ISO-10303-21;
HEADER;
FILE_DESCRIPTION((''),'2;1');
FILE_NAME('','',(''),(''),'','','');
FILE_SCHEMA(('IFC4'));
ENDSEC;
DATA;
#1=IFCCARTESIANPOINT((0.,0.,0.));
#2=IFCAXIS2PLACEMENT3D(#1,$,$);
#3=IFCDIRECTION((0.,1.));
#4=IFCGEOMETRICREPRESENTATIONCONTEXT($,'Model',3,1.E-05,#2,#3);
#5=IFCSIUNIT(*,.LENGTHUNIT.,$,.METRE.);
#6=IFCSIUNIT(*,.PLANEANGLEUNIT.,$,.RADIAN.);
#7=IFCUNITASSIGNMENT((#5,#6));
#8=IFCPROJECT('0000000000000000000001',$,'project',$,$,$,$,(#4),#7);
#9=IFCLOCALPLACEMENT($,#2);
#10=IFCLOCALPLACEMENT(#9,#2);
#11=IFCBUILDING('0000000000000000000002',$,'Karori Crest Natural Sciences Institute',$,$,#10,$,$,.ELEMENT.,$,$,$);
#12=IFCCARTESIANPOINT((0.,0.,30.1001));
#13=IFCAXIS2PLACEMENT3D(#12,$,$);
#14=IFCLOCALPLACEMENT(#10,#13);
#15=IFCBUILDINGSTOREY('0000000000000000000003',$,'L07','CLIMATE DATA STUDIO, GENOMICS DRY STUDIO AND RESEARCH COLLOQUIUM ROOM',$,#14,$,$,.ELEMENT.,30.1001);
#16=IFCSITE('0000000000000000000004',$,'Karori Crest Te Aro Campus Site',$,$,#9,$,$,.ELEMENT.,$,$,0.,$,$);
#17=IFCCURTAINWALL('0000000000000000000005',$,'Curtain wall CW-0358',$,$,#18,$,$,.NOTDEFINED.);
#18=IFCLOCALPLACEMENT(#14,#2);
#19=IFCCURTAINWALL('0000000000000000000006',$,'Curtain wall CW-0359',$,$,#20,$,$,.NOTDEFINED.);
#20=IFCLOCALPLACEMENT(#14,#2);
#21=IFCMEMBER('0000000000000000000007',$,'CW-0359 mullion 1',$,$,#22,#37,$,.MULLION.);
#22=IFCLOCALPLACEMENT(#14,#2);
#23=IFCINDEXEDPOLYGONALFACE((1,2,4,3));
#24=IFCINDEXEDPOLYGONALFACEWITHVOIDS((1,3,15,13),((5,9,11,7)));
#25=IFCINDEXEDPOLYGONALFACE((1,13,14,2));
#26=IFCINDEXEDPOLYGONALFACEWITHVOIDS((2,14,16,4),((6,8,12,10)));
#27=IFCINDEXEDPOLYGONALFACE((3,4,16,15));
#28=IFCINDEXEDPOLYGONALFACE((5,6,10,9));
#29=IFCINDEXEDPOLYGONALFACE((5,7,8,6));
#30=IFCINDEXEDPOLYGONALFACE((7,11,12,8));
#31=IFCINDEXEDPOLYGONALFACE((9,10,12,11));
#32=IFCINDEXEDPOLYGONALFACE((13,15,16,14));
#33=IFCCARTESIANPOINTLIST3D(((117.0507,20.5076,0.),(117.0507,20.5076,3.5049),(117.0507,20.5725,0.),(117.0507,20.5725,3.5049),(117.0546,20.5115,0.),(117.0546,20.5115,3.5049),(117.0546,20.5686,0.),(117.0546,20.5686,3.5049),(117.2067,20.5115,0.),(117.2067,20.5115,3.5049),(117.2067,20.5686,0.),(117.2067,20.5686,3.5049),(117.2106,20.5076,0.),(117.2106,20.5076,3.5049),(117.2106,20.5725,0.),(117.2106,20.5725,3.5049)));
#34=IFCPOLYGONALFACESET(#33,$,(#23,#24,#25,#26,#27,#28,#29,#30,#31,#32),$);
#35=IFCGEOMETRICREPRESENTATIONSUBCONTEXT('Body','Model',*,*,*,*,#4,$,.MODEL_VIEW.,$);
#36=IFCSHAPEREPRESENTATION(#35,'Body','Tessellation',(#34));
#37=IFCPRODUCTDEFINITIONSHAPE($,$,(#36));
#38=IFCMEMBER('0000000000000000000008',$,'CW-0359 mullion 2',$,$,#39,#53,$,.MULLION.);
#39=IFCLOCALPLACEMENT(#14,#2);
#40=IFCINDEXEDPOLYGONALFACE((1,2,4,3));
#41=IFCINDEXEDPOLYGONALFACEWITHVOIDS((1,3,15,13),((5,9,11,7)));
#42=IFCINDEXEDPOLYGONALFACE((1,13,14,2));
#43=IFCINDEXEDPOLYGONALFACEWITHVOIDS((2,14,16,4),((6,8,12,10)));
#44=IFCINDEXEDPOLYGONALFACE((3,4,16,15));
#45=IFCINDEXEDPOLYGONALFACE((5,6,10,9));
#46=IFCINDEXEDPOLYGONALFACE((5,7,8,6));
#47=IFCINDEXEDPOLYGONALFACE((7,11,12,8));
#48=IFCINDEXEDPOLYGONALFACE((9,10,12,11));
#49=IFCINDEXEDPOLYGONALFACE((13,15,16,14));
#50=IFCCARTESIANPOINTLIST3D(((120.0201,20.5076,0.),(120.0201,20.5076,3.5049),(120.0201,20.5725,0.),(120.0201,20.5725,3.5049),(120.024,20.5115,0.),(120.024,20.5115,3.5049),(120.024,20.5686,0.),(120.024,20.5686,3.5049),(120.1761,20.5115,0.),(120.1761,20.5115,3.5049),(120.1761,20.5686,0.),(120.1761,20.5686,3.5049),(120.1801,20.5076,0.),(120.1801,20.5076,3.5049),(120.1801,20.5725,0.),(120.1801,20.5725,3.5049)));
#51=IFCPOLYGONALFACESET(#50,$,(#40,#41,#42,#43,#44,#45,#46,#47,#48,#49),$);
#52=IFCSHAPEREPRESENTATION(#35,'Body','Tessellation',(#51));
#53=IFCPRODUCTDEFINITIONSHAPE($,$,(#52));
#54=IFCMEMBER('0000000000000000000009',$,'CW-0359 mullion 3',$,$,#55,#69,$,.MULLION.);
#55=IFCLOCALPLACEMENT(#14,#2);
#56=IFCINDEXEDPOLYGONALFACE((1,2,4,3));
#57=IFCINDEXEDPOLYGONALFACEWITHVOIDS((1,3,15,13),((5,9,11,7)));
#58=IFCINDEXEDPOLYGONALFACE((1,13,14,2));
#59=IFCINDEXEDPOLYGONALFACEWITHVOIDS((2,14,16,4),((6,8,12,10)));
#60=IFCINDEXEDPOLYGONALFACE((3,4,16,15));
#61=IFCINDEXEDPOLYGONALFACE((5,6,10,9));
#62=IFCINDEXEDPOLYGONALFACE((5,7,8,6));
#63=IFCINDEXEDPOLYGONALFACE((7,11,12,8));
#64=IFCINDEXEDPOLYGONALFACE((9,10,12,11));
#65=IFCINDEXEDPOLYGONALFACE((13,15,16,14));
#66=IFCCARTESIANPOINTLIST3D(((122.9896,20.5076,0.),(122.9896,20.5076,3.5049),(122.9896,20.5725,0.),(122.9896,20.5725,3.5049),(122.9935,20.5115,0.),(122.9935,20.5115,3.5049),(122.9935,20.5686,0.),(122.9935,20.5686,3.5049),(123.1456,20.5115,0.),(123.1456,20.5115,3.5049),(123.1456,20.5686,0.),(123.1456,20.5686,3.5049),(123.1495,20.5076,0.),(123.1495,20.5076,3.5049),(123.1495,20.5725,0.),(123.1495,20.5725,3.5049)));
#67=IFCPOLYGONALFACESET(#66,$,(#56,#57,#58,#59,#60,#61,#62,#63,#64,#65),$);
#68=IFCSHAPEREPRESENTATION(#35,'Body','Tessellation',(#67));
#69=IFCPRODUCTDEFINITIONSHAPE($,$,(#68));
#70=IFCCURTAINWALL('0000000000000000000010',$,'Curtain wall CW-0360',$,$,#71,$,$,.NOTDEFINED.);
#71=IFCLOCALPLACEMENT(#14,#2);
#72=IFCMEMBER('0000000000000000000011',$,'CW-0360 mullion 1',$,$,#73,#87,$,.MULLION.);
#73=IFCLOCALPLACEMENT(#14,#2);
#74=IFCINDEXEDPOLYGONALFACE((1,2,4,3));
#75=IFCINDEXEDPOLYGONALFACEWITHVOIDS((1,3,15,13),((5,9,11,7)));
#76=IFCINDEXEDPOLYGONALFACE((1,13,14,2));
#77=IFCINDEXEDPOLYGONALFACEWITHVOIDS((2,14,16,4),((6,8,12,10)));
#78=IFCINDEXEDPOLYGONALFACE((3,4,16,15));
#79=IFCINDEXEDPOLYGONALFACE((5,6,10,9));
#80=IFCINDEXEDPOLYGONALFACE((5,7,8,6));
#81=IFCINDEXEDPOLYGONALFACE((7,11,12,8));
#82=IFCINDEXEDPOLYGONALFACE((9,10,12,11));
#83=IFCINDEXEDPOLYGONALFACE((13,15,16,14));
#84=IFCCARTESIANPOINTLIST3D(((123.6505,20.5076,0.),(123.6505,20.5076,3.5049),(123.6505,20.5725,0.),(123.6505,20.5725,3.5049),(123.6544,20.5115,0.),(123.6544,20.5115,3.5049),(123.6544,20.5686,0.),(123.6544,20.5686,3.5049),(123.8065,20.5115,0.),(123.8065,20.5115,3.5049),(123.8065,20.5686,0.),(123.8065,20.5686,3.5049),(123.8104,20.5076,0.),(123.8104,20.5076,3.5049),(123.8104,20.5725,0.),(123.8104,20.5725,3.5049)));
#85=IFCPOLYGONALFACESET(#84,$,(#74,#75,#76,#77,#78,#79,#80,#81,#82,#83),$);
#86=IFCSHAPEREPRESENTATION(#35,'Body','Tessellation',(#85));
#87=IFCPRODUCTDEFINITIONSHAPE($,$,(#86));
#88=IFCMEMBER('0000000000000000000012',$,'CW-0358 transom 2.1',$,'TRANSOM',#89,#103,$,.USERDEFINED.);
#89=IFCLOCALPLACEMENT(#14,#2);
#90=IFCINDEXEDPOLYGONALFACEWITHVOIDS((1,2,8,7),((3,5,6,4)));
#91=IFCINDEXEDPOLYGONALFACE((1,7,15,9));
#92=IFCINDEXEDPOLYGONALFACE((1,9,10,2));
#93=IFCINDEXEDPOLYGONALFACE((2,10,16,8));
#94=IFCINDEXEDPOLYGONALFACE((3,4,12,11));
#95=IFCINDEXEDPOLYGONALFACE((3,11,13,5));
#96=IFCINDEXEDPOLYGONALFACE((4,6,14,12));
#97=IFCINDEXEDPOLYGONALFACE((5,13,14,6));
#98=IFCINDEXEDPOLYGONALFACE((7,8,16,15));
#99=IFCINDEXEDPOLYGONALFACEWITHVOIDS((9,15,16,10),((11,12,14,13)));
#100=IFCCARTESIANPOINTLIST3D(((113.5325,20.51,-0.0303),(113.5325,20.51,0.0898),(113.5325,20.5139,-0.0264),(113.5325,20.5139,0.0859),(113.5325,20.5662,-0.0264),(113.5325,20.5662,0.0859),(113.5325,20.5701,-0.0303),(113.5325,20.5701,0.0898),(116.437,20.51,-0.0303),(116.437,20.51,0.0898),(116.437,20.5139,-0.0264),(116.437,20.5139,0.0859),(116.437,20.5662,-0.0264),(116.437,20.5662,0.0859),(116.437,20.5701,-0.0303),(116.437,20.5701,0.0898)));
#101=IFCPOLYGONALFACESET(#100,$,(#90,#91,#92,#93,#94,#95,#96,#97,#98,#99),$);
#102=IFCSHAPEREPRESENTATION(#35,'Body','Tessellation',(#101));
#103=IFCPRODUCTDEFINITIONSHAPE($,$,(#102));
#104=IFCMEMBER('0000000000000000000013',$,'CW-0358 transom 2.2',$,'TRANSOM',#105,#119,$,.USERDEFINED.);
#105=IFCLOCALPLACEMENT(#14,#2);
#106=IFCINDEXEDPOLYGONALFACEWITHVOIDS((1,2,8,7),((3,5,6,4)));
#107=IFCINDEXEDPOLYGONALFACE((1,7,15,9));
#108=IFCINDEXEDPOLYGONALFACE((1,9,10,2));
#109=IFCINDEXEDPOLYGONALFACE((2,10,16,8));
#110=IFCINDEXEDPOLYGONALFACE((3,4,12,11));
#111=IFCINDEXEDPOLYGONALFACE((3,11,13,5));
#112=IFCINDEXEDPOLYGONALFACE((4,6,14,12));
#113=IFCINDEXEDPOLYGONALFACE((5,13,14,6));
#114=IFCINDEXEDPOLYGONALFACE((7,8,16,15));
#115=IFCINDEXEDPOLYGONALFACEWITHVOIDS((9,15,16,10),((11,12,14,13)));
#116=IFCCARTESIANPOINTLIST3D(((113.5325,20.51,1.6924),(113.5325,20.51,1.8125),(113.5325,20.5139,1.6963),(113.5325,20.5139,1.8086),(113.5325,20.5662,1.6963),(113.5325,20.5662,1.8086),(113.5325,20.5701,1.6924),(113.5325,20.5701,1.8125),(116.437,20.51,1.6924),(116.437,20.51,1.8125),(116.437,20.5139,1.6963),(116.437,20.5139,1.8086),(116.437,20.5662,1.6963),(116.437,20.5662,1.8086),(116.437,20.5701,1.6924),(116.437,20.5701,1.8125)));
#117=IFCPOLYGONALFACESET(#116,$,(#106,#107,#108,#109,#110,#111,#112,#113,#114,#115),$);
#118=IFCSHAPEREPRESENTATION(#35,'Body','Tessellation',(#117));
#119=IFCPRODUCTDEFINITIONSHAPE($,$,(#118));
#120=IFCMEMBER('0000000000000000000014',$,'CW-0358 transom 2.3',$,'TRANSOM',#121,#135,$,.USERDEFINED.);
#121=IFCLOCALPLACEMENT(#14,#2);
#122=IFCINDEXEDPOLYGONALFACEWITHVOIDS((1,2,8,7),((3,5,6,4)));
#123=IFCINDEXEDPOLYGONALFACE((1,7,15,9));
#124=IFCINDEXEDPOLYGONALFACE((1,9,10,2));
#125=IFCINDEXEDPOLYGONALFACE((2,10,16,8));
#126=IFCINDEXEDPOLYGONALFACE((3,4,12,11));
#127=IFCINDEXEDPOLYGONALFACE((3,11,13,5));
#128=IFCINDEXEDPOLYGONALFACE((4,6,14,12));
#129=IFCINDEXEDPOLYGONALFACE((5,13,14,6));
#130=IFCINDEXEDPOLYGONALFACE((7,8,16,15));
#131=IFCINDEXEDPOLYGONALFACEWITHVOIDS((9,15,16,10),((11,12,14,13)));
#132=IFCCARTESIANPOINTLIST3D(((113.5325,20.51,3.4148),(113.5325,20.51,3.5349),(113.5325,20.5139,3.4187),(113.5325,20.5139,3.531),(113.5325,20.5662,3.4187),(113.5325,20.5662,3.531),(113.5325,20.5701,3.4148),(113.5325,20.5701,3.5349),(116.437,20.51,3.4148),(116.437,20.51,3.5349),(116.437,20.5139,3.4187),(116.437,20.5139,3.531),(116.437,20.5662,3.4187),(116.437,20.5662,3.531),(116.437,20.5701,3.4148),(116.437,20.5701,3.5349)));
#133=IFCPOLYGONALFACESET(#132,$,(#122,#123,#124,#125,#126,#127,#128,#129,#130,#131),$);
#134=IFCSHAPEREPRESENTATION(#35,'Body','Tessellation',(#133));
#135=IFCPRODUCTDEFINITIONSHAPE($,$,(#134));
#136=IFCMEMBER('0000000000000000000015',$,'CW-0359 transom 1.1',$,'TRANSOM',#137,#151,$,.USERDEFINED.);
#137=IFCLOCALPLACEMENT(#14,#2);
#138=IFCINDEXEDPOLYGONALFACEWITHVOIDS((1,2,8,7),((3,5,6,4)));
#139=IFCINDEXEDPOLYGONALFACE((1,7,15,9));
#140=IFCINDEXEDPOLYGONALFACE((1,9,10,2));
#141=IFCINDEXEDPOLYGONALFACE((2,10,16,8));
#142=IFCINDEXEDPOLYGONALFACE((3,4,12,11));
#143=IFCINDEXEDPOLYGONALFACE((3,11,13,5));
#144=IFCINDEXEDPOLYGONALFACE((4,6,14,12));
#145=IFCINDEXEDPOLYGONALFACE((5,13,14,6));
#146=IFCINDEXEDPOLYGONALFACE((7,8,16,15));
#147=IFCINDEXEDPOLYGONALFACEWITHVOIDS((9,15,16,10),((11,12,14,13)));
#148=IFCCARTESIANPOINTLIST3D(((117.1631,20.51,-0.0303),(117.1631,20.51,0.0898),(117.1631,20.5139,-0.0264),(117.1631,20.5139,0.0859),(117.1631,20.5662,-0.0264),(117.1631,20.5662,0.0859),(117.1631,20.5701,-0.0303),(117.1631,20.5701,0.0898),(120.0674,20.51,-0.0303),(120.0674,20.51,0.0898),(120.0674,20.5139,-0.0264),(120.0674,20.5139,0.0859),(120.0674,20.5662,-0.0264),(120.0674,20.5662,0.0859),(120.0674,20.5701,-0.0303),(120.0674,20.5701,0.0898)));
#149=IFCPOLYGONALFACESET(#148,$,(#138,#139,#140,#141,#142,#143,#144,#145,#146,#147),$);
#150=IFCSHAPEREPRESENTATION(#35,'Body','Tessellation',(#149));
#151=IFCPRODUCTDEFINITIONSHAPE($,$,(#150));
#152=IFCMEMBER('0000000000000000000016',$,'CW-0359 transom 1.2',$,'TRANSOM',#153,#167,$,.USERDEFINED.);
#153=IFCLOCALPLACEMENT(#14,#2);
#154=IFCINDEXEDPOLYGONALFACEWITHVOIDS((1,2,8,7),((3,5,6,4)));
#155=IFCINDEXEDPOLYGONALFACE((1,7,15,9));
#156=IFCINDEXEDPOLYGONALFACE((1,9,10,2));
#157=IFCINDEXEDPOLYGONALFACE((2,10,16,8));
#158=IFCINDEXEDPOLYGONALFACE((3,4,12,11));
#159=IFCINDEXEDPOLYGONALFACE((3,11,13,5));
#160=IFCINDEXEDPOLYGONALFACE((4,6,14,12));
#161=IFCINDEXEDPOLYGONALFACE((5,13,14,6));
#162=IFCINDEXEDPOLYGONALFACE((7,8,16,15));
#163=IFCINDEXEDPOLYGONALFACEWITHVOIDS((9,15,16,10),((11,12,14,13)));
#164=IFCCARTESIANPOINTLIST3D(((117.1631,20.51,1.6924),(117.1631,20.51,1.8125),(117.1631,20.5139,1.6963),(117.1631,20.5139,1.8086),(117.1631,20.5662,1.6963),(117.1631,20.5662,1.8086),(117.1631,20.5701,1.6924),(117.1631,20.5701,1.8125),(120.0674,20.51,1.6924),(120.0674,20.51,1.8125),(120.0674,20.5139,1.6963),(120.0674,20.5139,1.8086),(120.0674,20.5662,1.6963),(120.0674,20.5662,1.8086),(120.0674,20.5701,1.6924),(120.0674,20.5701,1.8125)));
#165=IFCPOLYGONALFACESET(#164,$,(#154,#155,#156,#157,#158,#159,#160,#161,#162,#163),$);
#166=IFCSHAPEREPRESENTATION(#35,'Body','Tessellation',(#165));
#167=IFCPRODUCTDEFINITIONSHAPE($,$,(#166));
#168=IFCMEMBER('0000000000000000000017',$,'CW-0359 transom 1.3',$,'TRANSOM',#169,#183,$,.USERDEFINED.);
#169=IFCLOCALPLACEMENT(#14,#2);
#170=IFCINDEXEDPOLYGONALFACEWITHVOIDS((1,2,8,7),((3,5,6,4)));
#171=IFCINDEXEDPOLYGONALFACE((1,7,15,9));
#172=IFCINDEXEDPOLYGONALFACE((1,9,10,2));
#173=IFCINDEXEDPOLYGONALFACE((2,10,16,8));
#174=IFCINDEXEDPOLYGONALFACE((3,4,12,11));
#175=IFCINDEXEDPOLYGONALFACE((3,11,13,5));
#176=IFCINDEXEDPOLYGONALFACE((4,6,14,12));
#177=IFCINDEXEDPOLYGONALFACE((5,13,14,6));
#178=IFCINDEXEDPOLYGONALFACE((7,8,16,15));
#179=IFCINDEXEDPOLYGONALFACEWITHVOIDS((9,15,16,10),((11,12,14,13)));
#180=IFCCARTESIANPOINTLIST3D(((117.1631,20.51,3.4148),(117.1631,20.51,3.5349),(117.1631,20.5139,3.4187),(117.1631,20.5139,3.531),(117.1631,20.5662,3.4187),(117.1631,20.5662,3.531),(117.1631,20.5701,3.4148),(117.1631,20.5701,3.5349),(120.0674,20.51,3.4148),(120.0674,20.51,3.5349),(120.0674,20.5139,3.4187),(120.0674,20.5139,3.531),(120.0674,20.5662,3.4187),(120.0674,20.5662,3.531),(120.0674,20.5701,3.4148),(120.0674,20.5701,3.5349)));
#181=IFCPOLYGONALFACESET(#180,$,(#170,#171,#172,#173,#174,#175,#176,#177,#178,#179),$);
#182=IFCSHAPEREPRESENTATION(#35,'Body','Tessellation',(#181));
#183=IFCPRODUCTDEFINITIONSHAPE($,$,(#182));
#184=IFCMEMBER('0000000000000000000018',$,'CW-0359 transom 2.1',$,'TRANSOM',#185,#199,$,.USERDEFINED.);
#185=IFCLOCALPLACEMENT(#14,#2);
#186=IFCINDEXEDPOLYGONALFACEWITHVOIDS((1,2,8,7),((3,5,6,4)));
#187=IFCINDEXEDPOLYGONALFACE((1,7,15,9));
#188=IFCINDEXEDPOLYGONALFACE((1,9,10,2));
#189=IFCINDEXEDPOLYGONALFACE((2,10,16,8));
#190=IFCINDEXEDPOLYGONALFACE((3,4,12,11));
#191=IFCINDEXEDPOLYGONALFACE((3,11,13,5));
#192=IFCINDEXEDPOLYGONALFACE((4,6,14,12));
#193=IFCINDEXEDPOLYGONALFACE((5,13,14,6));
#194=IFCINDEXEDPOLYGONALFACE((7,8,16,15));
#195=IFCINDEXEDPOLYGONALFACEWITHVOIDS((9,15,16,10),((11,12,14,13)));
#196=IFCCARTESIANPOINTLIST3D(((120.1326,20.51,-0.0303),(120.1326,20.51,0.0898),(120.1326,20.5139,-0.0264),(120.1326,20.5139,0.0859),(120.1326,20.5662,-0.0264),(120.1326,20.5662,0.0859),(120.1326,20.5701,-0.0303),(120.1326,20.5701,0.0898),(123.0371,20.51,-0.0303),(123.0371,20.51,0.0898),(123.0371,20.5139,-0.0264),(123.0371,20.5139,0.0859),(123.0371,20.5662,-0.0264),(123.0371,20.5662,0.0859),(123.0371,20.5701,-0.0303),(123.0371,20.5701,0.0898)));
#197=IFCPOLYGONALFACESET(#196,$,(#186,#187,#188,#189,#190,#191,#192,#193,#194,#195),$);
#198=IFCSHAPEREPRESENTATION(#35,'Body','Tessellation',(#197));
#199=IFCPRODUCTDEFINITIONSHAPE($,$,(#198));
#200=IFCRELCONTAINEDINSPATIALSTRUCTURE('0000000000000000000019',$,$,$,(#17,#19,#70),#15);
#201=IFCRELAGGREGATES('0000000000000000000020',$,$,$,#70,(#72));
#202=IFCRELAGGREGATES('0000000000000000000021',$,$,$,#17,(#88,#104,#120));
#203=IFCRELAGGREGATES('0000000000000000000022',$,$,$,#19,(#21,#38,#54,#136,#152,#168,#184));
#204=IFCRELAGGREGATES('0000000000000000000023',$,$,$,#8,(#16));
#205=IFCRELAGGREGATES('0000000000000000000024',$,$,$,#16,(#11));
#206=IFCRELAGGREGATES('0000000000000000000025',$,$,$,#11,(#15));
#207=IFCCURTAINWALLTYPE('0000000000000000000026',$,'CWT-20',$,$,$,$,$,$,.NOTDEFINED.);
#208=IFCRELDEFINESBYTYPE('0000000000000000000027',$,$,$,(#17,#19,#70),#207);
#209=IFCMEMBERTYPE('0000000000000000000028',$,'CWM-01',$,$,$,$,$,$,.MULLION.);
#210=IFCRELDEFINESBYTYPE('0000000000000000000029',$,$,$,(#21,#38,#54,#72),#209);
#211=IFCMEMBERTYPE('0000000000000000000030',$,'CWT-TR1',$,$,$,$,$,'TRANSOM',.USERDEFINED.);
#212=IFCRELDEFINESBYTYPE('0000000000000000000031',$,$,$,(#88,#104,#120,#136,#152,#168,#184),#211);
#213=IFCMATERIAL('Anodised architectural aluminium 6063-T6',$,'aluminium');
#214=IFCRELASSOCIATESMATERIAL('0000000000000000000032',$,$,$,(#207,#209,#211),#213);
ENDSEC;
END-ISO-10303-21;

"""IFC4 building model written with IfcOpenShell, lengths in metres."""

from ifc_helpers import new_model, si_unit, direction, frame, origin, origin_2d, place, context, subcontext, project, spatial, hollow_rectangle, extrude, material, material_profile, profile_set, type_object, element, aggregate, save


model = new_model("IFC4")

# Units and contexts
model_context = context("Model", 3, precision=1e-05, world=origin(), true_north=direction((0.0, 1.0)))
body_context = subcontext(model_context, "Body", "Model", "MODEL_VIEW")
ifc_project = project(units=[si_unit("LENGTHUNIT", "METRE"), si_unit("PLANEANGLEUNIT", "RADIAN")], contexts=[model_context])

# Site, building, storey
site_placement = place(None, origin())
site = spatial("IfcSite", under=ifc_project, at=site_placement, Name="Karori Crest Te Aro Campus Site", CompositionType="ELEMENT", RefElevation=0.0)
building_placement = place(site_placement, origin())
building = spatial("IfcBuilding", under=site, at=building_placement, Name="Karori Crest Natural Sciences Institute", CompositionType="ELEMENT")
storey_placement = place(building_placement, frame((0.0, 0.0, 30.1001)))
storey = spatial("IfcBuildingStorey", under=building, at=storey_placement, Name="L07", Description="CLIMATE DATA STUDIO, GENOMICS DRY STUDIO AND RESEARCH COLLOQUIUM ROOM", CompositionType="ELEMENT", Elevation=30.1001)

# Curtain walls, members
ifc_material_1 = material(Name="Anodised architectural aluminium 6063-T6", Category="aluminium")
curtain_wall_type = type_object("IfcCurtainWallType", Name="CWT-20", PredefinedType="NOTDEFINED", material=ifc_material_1)
curtain_wall_1_placement = place(storey_placement, origin())
curtain_wall_1 = element("IfcCurtainWall", 1, at=curtain_wall_1_placement, inside=storey, type_object=curtain_wall_type, Name="Curtain wall CW-0358", PredefinedType="NOTDEFINED")
ifc_material_profile_1 = material_profile(ifc_material_1, hollow_rectangle(XDim=0.0649, YDim=0.1599, WallThickness=0.0039, at=origin_2d()), Name="CWM160x65x4")
ifc_profile_set_1 = profile_set([ifc_material_profile_1], Name="Anodised architectural aluminium 6063-T6")
member_type_1 = type_object("IfcMemberType", Name="CWM-01", PredefinedType="MULLION", material=ifc_profile_set_1)
curtain_wall_2_placement = place(storey_placement, origin())
curtain_wall_2 = element("IfcCurtainWall", 2, at=curtain_wall_2_placement, inside=storey, type_object=curtain_wall_type, Name="Curtain wall CW-0359", PredefinedType="NOTDEFINED")
member_1_placement = place(storey_placement, frame((117.1306, 20.54, 0.0), z_axis=(0.0, 0.0, 1.0), x_axis=(0.0, 1.0, 0.0)))
member_1 = element("IfcMember", 3, at=member_1_placement, type_object=member_type_1, Name="CW-0359 mullion 1", PredefinedType="MULLION", context=body_context, shape_type="SweptSolid", body=[
    extrude(hollow_rectangle(XDim=0.0649, YDim=0.1599, WallThickness=0.0039, at=origin_2d()), origin(), (0.0, 0.0, 1.0), 3.5049),
])
member_2_placement = place(storey_placement, frame((120.1001, 20.54, 0.0), z_axis=(0.0, 0.0, 1.0), x_axis=(0.0, 1.0, 0.0)))
member_2 = element("IfcMember", 4, at=member_2_placement, type_object=member_type_1, Name="CW-0359 mullion 2", PredefinedType="MULLION", context=body_context, shape_type="SweptSolid", body=[
    extrude(hollow_rectangle(XDim=0.0649, YDim=0.1599, WallThickness=0.0039, at=origin_2d()), origin(), (0.0, 0.0, 1.0), 3.5049),
])
member_3_placement = place(storey_placement, frame((123.0696, 20.54, 0.0), z_axis=(0.0, 0.0, 1.0), x_axis=(0.0, 1.0, 0.0)))
member_3 = element("IfcMember", 5, at=member_3_placement, type_object=member_type_1, Name="CW-0359 mullion 3", PredefinedType="MULLION", context=body_context, shape_type="SweptSolid", body=[
    extrude(hollow_rectangle(XDim=0.0649, YDim=0.1599, WallThickness=0.0039, at=origin_2d()), origin(), (0.0, 0.0, 1.0), 3.5049),
])

# Curtain wall, member
curtain_wall_3_placement = place(storey_placement, origin())
curtain_wall_3 = element("IfcCurtainWall", 6, at=curtain_wall_3_placement, inside=storey, type_object=curtain_wall_type, Name="Curtain wall CW-0360", PredefinedType="NOTDEFINED")
member_4_placement = place(storey_placement, frame((123.7305, 20.54, 0.0), z_axis=(0.0, 0.0, 1.0), x_axis=(0.0, 1.0, 0.0)))
member_4 = element("IfcMember", 7, at=member_4_placement, type_object=member_type_1, Name="CW-0360 mullion 1", PredefinedType="MULLION", context=body_context, shape_type="SweptSolid", body=[
    extrude(hollow_rectangle(XDim=0.0649, YDim=0.1599, WallThickness=0.0039, at=origin_2d()), origin(), (0.0, 0.0, 1.0), 3.5049),
])

# Members
ifc_material_profile_2 = material_profile(ifc_material_1, hollow_rectangle(XDim=0.0601, YDim=0.1201, WallThickness=0.0039, at=origin_2d()), Name="CWT120x60x4")
ifc_profile_set_2 = profile_set([ifc_material_profile_2], Name="Anodised architectural aluminium 6063-T6")
member_type_2 = type_object("IfcMemberType", Name="CWT-TR1", ElementType="TRANSOM", PredefinedType="USERDEFINED", material=ifc_profile_set_2)
member_5_placement = place(storey_placement, frame((113.5325, 20.54, 0.0298), z_axis=(1.0, 0.0, 0.0), x_axis=(0.0, 1.0, 0.0)))
member_5 = element("IfcMember", 8, at=member_5_placement, type_object=member_type_2, Name="CW-0358 transom 2.1", ObjectType="TRANSOM", PredefinedType="USERDEFINED", context=body_context, shape_type="SweptSolid", body=[
    extrude(hollow_rectangle(XDim=0.0601, YDim=0.1201, WallThickness=0.0039, at=origin_2d()), origin(), (0.0, 0.0, 1.0), 2.9045),
])
member_6_placement = place(storey_placement, frame((113.5325, 20.54, 1.7524), z_axis=(1.0, 0.0, 0.0), x_axis=(0.0, 1.0, 0.0)))
member_6 = element("IfcMember", 9, at=member_6_placement, type_object=member_type_2, Name="CW-0358 transom 2.2", ObjectType="TRANSOM", PredefinedType="USERDEFINED", context=body_context, shape_type="SweptSolid", body=[
    extrude(hollow_rectangle(XDim=0.0601, YDim=0.1201, WallThickness=0.0039, at=origin_2d()), origin(), (0.0, 0.0, 1.0), 2.9045),
])
member_7_placement = place(storey_placement, frame((113.5325, 20.54, 3.4749), z_axis=(1.0, 0.0, 0.0), x_axis=(0.0, 1.0, 0.0)))
member_7 = element("IfcMember", 10, at=member_7_placement, type_object=member_type_2, Name="CW-0358 transom 2.3", ObjectType="TRANSOM", PredefinedType="USERDEFINED", context=body_context, shape_type="SweptSolid", body=[
    extrude(hollow_rectangle(XDim=0.0601, YDim=0.1201, WallThickness=0.0039, at=origin_2d()), origin(), (0.0, 0.0, 1.0), 2.9045),
])
member_8_placement = place(storey_placement, frame((117.1631, 20.54, 0.0298), z_axis=(1.0, 0.0, 0.0), x_axis=(0.0, 1.0, 0.0)))
member_8 = element("IfcMember", 11, at=member_8_placement, type_object=member_type_2, Name="CW-0359 transom 1.1", ObjectType="TRANSOM", PredefinedType="USERDEFINED", context=body_context, shape_type="SweptSolid", body=[
    extrude(hollow_rectangle(XDim=0.0601, YDim=0.1201, WallThickness=0.0039, at=origin_2d()), origin(), (0.0, 0.0, 1.0), 2.9043),
])
member_9_placement = place(storey_placement, frame((117.1631, 20.54, 1.7524), z_axis=(1.0, 0.0, 0.0), x_axis=(0.0, 1.0, 0.0)))
member_9 = element("IfcMember", 12, at=member_9_placement, type_object=member_type_2, Name="CW-0359 transom 1.2", ObjectType="TRANSOM", PredefinedType="USERDEFINED", context=body_context, shape_type="SweptSolid", body=[
    extrude(hollow_rectangle(XDim=0.0601, YDim=0.1201, WallThickness=0.0039, at=origin_2d()), origin(), (0.0, 0.0, 1.0), 2.9043),
])
member_10_placement = place(storey_placement, frame((117.1631, 20.54, 3.4749), z_axis=(1.0, 0.0, 0.0), x_axis=(0.0, 1.0, 0.0)))
member_10 = element("IfcMember", 13, at=member_10_placement, type_object=member_type_2, Name="CW-0359 transom 1.3", ObjectType="TRANSOM", PredefinedType="USERDEFINED", context=body_context, shape_type="SweptSolid", body=[
    extrude(hollow_rectangle(XDim=0.0601, YDim=0.1201, WallThickness=0.0039, at=origin_2d()), origin(), (0.0, 0.0, 1.0), 2.9043),
])
member_11_placement = place(storey_placement, frame((120.1326, 20.54, 0.0298), z_axis=(1.0, 0.0, 0.0), x_axis=(0.0, 1.0, 0.0)))
member_11 = element("IfcMember", 14, at=member_11_placement, type_object=member_type_2, Name="CW-0359 transom 2.1", ObjectType="TRANSOM", PredefinedType="USERDEFINED", context=body_context, shape_type="SweptSolid", body=[
    extrude(hollow_rectangle(XDim=0.0601, YDim=0.1201, WallThickness=0.0039, at=origin_2d()), origin(), (0.0, 0.0, 1.0), 2.9045),
])
aggregate(curtain_wall_3, [member_4])

aggregate(curtain_wall_1, [member_5, member_6, member_7])
aggregate(curtain_wall_2, [member_1, member_2, member_3, member_8, member_9, member_10, member_11])

save(model, "model.ifc")
